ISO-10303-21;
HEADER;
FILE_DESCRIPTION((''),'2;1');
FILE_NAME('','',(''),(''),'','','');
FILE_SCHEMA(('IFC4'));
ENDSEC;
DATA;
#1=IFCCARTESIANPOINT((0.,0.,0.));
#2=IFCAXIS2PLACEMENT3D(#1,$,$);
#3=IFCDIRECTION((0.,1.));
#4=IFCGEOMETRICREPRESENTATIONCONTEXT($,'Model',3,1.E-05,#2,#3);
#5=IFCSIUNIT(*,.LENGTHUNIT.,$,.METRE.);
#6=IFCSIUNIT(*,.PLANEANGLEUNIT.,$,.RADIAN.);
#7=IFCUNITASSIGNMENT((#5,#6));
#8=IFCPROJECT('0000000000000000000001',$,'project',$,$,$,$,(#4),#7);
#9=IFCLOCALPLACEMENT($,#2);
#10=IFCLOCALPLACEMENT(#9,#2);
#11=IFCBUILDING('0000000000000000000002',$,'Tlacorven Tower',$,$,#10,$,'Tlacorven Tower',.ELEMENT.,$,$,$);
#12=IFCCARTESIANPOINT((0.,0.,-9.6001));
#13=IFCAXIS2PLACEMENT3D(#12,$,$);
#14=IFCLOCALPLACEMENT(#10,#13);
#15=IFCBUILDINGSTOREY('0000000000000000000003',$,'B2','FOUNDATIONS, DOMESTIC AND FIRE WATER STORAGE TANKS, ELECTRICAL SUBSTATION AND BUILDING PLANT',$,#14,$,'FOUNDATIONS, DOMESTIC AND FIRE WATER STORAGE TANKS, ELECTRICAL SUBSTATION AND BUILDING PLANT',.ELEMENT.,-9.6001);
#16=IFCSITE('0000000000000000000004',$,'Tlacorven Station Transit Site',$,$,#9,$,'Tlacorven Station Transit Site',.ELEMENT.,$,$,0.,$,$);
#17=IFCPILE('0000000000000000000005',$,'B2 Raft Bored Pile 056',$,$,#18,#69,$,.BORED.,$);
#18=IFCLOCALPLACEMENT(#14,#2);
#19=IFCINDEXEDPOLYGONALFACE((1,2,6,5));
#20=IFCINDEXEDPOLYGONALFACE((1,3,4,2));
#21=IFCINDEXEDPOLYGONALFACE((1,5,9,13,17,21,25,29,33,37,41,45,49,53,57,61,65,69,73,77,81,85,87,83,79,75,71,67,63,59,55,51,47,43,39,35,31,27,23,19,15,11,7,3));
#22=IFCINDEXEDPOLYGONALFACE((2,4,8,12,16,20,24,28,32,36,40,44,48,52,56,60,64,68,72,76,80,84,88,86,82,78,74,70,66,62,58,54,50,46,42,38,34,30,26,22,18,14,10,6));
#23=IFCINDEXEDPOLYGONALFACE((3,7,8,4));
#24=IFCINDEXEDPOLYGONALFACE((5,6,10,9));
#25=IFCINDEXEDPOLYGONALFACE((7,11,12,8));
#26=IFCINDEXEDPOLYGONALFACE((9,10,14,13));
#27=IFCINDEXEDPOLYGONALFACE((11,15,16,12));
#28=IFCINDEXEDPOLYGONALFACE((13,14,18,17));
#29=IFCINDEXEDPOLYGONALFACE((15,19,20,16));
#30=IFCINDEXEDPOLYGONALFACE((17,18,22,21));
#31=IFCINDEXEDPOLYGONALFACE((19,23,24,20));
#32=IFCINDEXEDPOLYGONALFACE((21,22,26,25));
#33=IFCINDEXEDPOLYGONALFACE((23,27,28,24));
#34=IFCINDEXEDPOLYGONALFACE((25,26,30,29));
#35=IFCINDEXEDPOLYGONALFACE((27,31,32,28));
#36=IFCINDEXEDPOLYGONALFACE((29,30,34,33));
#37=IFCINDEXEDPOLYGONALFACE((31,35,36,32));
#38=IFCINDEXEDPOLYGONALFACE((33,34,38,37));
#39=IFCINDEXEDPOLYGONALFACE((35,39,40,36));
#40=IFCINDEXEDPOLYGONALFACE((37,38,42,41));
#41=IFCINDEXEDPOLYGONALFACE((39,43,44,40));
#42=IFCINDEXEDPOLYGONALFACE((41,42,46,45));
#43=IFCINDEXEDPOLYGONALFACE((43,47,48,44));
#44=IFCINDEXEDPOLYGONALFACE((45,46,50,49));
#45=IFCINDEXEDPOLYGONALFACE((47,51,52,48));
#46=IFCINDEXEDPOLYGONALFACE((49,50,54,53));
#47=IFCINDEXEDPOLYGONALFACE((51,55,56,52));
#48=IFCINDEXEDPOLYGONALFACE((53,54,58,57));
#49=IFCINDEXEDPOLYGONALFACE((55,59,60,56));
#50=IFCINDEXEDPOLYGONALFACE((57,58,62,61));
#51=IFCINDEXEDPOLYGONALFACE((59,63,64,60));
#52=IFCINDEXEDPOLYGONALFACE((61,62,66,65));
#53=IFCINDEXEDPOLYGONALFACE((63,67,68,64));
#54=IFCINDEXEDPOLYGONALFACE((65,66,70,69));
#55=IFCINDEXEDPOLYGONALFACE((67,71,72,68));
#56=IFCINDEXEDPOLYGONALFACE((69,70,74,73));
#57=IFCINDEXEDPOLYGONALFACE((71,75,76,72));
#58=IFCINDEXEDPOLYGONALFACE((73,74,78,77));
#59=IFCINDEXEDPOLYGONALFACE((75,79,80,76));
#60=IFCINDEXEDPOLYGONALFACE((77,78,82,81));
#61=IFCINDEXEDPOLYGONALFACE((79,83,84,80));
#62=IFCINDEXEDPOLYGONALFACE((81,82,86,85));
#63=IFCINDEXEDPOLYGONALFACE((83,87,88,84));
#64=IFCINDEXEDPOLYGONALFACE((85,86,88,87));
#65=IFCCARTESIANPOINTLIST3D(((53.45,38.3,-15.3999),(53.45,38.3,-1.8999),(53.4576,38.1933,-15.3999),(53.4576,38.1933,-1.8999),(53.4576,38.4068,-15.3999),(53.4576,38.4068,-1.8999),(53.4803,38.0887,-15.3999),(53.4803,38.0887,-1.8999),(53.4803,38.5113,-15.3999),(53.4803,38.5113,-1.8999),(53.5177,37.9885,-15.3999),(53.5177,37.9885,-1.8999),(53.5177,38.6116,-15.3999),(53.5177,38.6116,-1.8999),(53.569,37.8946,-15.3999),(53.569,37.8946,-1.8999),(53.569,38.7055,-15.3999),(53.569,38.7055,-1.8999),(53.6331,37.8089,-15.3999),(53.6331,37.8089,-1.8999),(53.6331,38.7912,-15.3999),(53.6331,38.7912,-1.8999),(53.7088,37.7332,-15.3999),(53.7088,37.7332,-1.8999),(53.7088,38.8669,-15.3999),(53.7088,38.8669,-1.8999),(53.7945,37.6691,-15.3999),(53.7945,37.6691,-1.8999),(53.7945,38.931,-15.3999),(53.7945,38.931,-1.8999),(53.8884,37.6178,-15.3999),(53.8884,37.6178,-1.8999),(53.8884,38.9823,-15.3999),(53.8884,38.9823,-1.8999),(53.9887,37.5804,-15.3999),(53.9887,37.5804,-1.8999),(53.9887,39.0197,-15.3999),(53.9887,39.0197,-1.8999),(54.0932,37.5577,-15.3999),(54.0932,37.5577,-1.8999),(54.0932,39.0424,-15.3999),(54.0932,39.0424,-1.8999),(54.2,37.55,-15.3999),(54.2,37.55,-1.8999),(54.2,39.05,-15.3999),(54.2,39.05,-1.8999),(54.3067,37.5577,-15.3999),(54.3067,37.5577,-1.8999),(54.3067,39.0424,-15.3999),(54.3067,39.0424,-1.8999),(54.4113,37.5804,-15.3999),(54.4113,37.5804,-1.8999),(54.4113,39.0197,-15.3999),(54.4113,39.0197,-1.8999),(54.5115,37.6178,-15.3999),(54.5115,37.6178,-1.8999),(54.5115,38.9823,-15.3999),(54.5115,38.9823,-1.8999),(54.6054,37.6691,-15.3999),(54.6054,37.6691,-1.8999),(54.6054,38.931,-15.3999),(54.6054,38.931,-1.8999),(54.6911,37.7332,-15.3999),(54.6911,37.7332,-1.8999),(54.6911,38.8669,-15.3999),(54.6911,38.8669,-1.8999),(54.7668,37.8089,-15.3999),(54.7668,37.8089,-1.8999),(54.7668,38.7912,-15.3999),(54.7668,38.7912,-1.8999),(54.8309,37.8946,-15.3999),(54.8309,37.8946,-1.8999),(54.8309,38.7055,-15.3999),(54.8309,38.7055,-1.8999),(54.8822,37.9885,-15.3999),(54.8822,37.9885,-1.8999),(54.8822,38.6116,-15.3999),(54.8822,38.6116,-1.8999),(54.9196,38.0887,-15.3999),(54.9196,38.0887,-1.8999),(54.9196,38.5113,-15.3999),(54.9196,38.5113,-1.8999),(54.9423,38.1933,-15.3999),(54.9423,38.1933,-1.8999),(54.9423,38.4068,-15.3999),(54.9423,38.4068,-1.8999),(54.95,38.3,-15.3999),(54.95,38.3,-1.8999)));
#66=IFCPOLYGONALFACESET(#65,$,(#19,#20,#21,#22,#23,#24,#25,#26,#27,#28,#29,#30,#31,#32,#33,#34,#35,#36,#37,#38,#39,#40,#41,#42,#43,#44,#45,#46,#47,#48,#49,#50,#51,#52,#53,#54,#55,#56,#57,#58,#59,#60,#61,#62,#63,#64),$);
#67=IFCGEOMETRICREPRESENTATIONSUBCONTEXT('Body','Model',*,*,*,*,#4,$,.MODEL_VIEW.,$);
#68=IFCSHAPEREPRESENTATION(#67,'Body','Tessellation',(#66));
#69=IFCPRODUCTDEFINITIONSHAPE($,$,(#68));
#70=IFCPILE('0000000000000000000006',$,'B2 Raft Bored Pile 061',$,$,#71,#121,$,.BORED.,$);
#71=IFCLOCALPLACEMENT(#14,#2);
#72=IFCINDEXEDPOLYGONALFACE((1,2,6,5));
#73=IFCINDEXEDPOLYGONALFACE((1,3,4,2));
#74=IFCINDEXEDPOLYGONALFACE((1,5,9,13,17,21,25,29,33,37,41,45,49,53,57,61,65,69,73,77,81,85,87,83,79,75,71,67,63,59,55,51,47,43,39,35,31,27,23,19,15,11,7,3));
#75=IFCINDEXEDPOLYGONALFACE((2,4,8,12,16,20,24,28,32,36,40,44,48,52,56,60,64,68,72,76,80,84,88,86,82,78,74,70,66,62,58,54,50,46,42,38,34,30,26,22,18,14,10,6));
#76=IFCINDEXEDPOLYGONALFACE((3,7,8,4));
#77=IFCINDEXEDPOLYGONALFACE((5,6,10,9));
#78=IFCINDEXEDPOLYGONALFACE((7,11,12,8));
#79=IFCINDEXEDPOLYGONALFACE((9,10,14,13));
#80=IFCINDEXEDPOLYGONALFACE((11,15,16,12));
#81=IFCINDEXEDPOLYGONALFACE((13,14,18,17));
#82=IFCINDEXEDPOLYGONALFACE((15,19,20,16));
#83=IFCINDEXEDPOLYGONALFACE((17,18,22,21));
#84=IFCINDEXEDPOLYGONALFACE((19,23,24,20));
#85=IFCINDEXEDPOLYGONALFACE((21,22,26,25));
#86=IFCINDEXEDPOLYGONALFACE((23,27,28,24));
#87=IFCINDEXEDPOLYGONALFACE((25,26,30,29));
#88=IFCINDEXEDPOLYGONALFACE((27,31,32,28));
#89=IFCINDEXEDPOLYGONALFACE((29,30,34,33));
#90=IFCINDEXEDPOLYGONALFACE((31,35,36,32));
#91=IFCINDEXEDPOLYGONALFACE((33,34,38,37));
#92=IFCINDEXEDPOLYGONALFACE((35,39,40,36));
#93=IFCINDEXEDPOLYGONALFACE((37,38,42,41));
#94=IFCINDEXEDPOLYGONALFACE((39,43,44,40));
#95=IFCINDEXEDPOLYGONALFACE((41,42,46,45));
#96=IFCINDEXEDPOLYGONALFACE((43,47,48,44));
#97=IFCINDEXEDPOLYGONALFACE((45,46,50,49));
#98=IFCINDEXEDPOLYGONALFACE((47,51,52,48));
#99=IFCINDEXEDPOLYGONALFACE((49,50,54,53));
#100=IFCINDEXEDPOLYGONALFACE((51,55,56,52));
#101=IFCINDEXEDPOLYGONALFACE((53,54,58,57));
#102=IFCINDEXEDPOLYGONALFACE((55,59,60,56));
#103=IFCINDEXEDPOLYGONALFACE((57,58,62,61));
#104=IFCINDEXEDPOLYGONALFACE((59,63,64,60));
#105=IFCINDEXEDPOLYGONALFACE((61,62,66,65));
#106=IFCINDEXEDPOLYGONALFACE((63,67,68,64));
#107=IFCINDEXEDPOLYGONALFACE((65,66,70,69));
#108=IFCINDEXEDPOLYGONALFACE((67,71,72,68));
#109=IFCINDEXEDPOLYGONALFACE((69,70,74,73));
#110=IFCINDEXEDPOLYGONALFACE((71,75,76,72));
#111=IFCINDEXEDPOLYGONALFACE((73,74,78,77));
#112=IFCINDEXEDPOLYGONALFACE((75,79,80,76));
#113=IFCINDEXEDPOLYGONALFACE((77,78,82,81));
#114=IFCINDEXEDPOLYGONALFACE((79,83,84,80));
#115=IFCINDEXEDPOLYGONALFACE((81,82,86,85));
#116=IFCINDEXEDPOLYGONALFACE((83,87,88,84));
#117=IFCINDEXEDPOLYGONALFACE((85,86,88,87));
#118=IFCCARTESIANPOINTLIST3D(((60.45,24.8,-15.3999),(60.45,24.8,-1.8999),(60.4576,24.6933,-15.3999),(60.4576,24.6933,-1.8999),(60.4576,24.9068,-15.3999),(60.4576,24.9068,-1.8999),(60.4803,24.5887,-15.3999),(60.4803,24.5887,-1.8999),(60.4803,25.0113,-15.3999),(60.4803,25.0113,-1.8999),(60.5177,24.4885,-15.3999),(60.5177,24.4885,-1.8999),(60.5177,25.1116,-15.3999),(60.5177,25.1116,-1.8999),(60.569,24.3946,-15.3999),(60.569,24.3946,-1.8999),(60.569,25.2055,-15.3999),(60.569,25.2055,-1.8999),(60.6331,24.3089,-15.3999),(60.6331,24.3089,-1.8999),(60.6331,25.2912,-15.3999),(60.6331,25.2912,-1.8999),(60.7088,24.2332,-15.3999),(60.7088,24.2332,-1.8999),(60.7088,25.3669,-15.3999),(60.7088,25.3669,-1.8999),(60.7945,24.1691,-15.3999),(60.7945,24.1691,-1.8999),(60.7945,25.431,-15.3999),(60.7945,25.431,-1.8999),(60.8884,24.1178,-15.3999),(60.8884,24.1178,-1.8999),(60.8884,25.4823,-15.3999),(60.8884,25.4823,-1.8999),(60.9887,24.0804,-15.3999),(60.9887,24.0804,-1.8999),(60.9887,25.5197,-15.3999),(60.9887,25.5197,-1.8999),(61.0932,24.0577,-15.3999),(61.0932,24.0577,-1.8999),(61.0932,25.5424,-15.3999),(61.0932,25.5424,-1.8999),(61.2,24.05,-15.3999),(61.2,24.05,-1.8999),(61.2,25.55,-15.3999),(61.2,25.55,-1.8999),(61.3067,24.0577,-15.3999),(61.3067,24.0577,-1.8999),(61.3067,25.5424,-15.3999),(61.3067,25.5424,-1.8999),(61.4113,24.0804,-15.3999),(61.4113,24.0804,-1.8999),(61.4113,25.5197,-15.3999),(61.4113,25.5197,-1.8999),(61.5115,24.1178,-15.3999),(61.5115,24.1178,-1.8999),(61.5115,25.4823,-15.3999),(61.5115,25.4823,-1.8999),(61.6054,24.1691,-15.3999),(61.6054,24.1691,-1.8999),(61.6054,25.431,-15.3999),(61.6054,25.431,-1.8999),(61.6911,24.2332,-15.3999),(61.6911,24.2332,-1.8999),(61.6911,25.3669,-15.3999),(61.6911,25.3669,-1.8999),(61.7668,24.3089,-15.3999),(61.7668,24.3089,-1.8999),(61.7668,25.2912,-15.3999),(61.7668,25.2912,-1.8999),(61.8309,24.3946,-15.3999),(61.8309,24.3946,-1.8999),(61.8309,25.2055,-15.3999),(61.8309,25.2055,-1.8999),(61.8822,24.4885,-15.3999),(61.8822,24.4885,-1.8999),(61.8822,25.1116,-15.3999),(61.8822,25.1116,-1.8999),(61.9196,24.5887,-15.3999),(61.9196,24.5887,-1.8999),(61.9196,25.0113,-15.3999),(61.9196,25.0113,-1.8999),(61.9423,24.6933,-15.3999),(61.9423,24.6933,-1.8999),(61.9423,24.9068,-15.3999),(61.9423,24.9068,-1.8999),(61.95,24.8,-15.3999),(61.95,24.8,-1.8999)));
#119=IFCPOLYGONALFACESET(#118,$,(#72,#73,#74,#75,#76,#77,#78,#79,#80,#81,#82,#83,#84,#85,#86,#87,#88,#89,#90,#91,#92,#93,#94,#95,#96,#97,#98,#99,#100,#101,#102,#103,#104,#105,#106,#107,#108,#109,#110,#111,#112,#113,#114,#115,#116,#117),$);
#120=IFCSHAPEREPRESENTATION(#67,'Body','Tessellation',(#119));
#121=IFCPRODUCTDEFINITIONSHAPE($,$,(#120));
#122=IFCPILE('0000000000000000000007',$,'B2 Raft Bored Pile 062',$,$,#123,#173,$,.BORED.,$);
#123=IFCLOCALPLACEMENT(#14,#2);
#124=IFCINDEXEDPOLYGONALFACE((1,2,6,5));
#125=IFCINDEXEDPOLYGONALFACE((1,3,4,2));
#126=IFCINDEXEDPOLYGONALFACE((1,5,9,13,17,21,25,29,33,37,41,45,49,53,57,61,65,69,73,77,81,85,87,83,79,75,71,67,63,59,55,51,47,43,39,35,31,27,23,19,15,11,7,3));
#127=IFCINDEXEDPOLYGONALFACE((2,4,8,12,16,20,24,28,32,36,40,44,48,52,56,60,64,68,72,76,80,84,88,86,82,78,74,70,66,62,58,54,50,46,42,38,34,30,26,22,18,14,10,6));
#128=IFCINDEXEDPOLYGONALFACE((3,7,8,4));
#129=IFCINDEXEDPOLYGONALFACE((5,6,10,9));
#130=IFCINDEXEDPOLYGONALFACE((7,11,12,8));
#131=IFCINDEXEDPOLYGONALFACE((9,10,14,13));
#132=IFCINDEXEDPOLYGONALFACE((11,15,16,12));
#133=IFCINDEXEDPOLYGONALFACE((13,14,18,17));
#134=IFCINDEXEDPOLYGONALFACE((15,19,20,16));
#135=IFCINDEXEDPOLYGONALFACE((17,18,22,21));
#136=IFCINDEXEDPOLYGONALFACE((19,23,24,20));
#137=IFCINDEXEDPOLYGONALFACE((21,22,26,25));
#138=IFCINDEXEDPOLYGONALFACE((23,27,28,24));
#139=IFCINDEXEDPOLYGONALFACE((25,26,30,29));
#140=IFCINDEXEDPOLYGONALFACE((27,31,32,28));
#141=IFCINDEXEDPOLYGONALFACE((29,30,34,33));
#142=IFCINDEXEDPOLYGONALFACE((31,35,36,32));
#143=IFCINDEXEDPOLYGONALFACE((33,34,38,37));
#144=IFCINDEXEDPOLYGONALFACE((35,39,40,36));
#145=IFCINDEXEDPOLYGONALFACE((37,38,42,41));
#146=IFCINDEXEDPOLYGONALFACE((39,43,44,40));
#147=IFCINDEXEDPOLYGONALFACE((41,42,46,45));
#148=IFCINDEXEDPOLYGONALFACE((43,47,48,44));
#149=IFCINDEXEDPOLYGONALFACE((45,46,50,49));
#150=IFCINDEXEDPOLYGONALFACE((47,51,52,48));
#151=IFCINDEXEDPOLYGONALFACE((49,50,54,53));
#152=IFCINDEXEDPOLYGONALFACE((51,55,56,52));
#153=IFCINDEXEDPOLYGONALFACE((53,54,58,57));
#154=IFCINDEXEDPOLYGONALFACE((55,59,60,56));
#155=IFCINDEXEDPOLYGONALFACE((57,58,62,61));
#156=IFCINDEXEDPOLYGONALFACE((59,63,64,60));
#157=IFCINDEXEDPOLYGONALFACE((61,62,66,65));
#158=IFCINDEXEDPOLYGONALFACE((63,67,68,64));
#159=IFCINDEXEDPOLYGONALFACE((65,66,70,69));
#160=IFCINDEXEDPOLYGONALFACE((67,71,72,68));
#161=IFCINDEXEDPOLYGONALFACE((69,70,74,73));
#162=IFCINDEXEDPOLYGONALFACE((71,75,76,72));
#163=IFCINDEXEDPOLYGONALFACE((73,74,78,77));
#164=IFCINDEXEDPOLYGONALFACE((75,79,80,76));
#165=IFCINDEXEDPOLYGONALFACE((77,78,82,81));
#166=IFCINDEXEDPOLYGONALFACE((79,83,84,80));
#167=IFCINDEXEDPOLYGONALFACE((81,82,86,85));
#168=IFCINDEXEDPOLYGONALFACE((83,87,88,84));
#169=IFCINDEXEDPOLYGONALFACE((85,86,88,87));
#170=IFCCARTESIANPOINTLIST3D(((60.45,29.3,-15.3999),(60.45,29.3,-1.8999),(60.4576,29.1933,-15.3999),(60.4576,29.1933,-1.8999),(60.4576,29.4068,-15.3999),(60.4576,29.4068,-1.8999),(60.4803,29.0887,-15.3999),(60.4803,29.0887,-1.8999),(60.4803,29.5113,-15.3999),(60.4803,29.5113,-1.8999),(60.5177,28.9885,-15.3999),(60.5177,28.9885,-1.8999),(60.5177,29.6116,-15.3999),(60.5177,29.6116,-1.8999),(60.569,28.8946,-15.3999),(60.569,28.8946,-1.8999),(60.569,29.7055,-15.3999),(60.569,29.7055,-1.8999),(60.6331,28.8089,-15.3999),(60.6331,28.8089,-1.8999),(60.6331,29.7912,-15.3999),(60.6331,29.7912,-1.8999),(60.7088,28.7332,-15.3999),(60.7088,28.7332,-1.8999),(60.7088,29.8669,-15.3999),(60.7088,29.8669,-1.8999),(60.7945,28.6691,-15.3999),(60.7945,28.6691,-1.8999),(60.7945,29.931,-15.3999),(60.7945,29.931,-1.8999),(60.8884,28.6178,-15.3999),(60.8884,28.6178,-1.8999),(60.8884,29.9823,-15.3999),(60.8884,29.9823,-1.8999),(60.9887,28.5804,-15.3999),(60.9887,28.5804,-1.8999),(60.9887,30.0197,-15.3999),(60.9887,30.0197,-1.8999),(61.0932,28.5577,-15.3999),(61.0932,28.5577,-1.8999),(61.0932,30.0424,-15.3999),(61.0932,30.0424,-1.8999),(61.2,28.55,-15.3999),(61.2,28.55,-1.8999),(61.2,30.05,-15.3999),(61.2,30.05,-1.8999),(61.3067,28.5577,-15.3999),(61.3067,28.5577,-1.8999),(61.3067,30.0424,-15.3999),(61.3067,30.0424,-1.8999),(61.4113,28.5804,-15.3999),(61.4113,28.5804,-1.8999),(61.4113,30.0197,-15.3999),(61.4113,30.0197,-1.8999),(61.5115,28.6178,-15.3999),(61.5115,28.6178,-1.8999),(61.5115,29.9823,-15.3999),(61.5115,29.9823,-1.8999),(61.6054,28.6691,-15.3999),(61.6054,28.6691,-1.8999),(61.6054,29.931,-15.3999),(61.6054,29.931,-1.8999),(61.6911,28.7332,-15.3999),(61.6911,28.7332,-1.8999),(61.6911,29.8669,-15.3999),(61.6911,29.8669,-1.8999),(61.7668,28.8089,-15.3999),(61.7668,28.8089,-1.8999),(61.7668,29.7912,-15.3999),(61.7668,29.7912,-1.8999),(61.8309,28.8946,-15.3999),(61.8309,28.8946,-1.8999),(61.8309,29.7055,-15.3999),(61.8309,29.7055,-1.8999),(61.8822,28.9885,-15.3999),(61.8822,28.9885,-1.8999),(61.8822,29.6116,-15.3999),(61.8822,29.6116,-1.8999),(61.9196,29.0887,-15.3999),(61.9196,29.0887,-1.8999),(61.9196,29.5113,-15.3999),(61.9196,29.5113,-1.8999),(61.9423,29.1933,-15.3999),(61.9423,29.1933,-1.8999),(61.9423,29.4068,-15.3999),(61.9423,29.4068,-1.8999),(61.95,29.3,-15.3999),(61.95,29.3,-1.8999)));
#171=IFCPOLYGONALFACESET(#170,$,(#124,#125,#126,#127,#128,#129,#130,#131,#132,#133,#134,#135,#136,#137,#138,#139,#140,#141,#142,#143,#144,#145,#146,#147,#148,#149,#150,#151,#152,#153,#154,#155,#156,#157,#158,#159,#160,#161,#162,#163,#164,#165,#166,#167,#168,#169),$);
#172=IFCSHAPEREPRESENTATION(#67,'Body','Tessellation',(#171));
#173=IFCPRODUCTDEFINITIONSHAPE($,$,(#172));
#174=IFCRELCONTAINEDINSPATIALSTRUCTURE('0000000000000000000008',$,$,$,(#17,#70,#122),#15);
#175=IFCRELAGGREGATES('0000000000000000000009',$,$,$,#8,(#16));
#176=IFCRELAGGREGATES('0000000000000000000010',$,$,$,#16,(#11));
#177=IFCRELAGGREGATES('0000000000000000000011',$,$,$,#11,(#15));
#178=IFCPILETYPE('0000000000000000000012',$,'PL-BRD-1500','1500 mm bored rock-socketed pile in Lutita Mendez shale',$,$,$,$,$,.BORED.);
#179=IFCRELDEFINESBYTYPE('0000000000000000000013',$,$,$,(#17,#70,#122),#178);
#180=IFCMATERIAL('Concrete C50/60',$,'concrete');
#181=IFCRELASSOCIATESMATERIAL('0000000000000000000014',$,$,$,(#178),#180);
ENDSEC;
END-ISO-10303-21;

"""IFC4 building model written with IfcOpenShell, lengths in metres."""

from ifc_helpers import new_model, si_unit, direction, frame, origin, origin_2d, place, context, subcontext, project, spatial, circle, extrude, source, transform, mapped, material, material_profile, profile_set, type_object, element, save


model = new_model("IFC4")

# Units and contexts
model_context = context("Model", 3, precision=1e-05, world=origin(), true_north=direction((0.0, 1.0)))
body_context = subcontext(model_context, "Body", "Model", "MODEL_VIEW")
ifc_project = project(units=[si_unit("LENGTHUNIT", "METRE"), si_unit("PLANEANGLEUNIT", "RADIAN")], contexts=[model_context])

# Site, building, storey
site_placement = place(None, origin())
site = spatial("IfcSite", under=ifc_project, at=site_placement, Name="Tlacorven Station Transit Site", LongName="Tlacorven Station Transit Site", CompositionType="ELEMENT", RefElevation=0.0)
building_placement = place(site_placement, origin())
building = spatial("IfcBuilding", under=site, at=building_placement, Name="Tlacorven Tower", LongName="Tlacorven Tower", CompositionType="ELEMENT")
storey_placement = place(building_placement, frame((0.0, 0.0, -9.6001)))
storey = spatial("IfcBuildingStorey", under=building, at=storey_placement, Name="B2", Description="FOUNDATIONS, DOMESTIC AND FIRE WATER STORAGE TANKS, ELECTRICAL SUBSTATION AND BUILDING PLANT", LongName="FOUNDATIONS, DOMESTIC AND FIRE WATER STORAGE TANKS, ELECTRICAL SUBSTATION AND BUILDING PLANT", CompositionType="ELEMENT", Elevation=-9.6001)

# Piles
ifc_material_1 = material(Name="Concrete C50/60", Category="concrete")
ifc_material_profile_1 = material_profile(ifc_material_1, circle(Radius=0.75, at=origin_2d()), Name="BORED PILE D1500")
ifc_profile_set_1 = profile_set([ifc_material_profile_1], Name="Concrete C50/60")
pile_type_1 = type_object("IfcPileType", Name="PL-BRD-1500", Description="1500 mm bored rock-socketed pile in Lutita Mendez shale", PredefinedType="BORED", material=ifc_profile_set_1)
shared_shape_1 = source(origin(), body_context, "Body", "SweptSolid", [
    extrude(circle(Radius=0.75, at=origin_2d()), origin(), (0.0, 0.0, 1.0), 13.5),
])
for number, where, z_axis, x_axis, name in (
    (1, (54.2, 38.3, -1.8999), (0.0, 0.0, -1.0), (1.0, 0.0, 0.0), "B2 Raft Bored Pile 056"),
    (2, (61.2, 24.8, -1.8999), (0.0, 0.0, -1.0), (1.0, 0.0, 0.0), "B2 Raft Bored Pile 061"),
    (3, (61.2, 29.3, -1.8999), (0.0, 0.0, -1.0), (1.0, 0.0, 0.0), "B2 Raft Bored Pile 062"),
):
    element("IfcPile", number, at=place(storey_placement, frame(where, z_axis=z_axis, x_axis=x_axis)), inside=storey, type_object=pile_type_1, Name=name, PredefinedType="BORED", context=body_context, shape_type="MappedRepresentation", body=[
        mapped(shared_shape_1, transform((0.0, 0.0, 0.0), scale=1.0)),
    ])

save(model, "model.ifc")
